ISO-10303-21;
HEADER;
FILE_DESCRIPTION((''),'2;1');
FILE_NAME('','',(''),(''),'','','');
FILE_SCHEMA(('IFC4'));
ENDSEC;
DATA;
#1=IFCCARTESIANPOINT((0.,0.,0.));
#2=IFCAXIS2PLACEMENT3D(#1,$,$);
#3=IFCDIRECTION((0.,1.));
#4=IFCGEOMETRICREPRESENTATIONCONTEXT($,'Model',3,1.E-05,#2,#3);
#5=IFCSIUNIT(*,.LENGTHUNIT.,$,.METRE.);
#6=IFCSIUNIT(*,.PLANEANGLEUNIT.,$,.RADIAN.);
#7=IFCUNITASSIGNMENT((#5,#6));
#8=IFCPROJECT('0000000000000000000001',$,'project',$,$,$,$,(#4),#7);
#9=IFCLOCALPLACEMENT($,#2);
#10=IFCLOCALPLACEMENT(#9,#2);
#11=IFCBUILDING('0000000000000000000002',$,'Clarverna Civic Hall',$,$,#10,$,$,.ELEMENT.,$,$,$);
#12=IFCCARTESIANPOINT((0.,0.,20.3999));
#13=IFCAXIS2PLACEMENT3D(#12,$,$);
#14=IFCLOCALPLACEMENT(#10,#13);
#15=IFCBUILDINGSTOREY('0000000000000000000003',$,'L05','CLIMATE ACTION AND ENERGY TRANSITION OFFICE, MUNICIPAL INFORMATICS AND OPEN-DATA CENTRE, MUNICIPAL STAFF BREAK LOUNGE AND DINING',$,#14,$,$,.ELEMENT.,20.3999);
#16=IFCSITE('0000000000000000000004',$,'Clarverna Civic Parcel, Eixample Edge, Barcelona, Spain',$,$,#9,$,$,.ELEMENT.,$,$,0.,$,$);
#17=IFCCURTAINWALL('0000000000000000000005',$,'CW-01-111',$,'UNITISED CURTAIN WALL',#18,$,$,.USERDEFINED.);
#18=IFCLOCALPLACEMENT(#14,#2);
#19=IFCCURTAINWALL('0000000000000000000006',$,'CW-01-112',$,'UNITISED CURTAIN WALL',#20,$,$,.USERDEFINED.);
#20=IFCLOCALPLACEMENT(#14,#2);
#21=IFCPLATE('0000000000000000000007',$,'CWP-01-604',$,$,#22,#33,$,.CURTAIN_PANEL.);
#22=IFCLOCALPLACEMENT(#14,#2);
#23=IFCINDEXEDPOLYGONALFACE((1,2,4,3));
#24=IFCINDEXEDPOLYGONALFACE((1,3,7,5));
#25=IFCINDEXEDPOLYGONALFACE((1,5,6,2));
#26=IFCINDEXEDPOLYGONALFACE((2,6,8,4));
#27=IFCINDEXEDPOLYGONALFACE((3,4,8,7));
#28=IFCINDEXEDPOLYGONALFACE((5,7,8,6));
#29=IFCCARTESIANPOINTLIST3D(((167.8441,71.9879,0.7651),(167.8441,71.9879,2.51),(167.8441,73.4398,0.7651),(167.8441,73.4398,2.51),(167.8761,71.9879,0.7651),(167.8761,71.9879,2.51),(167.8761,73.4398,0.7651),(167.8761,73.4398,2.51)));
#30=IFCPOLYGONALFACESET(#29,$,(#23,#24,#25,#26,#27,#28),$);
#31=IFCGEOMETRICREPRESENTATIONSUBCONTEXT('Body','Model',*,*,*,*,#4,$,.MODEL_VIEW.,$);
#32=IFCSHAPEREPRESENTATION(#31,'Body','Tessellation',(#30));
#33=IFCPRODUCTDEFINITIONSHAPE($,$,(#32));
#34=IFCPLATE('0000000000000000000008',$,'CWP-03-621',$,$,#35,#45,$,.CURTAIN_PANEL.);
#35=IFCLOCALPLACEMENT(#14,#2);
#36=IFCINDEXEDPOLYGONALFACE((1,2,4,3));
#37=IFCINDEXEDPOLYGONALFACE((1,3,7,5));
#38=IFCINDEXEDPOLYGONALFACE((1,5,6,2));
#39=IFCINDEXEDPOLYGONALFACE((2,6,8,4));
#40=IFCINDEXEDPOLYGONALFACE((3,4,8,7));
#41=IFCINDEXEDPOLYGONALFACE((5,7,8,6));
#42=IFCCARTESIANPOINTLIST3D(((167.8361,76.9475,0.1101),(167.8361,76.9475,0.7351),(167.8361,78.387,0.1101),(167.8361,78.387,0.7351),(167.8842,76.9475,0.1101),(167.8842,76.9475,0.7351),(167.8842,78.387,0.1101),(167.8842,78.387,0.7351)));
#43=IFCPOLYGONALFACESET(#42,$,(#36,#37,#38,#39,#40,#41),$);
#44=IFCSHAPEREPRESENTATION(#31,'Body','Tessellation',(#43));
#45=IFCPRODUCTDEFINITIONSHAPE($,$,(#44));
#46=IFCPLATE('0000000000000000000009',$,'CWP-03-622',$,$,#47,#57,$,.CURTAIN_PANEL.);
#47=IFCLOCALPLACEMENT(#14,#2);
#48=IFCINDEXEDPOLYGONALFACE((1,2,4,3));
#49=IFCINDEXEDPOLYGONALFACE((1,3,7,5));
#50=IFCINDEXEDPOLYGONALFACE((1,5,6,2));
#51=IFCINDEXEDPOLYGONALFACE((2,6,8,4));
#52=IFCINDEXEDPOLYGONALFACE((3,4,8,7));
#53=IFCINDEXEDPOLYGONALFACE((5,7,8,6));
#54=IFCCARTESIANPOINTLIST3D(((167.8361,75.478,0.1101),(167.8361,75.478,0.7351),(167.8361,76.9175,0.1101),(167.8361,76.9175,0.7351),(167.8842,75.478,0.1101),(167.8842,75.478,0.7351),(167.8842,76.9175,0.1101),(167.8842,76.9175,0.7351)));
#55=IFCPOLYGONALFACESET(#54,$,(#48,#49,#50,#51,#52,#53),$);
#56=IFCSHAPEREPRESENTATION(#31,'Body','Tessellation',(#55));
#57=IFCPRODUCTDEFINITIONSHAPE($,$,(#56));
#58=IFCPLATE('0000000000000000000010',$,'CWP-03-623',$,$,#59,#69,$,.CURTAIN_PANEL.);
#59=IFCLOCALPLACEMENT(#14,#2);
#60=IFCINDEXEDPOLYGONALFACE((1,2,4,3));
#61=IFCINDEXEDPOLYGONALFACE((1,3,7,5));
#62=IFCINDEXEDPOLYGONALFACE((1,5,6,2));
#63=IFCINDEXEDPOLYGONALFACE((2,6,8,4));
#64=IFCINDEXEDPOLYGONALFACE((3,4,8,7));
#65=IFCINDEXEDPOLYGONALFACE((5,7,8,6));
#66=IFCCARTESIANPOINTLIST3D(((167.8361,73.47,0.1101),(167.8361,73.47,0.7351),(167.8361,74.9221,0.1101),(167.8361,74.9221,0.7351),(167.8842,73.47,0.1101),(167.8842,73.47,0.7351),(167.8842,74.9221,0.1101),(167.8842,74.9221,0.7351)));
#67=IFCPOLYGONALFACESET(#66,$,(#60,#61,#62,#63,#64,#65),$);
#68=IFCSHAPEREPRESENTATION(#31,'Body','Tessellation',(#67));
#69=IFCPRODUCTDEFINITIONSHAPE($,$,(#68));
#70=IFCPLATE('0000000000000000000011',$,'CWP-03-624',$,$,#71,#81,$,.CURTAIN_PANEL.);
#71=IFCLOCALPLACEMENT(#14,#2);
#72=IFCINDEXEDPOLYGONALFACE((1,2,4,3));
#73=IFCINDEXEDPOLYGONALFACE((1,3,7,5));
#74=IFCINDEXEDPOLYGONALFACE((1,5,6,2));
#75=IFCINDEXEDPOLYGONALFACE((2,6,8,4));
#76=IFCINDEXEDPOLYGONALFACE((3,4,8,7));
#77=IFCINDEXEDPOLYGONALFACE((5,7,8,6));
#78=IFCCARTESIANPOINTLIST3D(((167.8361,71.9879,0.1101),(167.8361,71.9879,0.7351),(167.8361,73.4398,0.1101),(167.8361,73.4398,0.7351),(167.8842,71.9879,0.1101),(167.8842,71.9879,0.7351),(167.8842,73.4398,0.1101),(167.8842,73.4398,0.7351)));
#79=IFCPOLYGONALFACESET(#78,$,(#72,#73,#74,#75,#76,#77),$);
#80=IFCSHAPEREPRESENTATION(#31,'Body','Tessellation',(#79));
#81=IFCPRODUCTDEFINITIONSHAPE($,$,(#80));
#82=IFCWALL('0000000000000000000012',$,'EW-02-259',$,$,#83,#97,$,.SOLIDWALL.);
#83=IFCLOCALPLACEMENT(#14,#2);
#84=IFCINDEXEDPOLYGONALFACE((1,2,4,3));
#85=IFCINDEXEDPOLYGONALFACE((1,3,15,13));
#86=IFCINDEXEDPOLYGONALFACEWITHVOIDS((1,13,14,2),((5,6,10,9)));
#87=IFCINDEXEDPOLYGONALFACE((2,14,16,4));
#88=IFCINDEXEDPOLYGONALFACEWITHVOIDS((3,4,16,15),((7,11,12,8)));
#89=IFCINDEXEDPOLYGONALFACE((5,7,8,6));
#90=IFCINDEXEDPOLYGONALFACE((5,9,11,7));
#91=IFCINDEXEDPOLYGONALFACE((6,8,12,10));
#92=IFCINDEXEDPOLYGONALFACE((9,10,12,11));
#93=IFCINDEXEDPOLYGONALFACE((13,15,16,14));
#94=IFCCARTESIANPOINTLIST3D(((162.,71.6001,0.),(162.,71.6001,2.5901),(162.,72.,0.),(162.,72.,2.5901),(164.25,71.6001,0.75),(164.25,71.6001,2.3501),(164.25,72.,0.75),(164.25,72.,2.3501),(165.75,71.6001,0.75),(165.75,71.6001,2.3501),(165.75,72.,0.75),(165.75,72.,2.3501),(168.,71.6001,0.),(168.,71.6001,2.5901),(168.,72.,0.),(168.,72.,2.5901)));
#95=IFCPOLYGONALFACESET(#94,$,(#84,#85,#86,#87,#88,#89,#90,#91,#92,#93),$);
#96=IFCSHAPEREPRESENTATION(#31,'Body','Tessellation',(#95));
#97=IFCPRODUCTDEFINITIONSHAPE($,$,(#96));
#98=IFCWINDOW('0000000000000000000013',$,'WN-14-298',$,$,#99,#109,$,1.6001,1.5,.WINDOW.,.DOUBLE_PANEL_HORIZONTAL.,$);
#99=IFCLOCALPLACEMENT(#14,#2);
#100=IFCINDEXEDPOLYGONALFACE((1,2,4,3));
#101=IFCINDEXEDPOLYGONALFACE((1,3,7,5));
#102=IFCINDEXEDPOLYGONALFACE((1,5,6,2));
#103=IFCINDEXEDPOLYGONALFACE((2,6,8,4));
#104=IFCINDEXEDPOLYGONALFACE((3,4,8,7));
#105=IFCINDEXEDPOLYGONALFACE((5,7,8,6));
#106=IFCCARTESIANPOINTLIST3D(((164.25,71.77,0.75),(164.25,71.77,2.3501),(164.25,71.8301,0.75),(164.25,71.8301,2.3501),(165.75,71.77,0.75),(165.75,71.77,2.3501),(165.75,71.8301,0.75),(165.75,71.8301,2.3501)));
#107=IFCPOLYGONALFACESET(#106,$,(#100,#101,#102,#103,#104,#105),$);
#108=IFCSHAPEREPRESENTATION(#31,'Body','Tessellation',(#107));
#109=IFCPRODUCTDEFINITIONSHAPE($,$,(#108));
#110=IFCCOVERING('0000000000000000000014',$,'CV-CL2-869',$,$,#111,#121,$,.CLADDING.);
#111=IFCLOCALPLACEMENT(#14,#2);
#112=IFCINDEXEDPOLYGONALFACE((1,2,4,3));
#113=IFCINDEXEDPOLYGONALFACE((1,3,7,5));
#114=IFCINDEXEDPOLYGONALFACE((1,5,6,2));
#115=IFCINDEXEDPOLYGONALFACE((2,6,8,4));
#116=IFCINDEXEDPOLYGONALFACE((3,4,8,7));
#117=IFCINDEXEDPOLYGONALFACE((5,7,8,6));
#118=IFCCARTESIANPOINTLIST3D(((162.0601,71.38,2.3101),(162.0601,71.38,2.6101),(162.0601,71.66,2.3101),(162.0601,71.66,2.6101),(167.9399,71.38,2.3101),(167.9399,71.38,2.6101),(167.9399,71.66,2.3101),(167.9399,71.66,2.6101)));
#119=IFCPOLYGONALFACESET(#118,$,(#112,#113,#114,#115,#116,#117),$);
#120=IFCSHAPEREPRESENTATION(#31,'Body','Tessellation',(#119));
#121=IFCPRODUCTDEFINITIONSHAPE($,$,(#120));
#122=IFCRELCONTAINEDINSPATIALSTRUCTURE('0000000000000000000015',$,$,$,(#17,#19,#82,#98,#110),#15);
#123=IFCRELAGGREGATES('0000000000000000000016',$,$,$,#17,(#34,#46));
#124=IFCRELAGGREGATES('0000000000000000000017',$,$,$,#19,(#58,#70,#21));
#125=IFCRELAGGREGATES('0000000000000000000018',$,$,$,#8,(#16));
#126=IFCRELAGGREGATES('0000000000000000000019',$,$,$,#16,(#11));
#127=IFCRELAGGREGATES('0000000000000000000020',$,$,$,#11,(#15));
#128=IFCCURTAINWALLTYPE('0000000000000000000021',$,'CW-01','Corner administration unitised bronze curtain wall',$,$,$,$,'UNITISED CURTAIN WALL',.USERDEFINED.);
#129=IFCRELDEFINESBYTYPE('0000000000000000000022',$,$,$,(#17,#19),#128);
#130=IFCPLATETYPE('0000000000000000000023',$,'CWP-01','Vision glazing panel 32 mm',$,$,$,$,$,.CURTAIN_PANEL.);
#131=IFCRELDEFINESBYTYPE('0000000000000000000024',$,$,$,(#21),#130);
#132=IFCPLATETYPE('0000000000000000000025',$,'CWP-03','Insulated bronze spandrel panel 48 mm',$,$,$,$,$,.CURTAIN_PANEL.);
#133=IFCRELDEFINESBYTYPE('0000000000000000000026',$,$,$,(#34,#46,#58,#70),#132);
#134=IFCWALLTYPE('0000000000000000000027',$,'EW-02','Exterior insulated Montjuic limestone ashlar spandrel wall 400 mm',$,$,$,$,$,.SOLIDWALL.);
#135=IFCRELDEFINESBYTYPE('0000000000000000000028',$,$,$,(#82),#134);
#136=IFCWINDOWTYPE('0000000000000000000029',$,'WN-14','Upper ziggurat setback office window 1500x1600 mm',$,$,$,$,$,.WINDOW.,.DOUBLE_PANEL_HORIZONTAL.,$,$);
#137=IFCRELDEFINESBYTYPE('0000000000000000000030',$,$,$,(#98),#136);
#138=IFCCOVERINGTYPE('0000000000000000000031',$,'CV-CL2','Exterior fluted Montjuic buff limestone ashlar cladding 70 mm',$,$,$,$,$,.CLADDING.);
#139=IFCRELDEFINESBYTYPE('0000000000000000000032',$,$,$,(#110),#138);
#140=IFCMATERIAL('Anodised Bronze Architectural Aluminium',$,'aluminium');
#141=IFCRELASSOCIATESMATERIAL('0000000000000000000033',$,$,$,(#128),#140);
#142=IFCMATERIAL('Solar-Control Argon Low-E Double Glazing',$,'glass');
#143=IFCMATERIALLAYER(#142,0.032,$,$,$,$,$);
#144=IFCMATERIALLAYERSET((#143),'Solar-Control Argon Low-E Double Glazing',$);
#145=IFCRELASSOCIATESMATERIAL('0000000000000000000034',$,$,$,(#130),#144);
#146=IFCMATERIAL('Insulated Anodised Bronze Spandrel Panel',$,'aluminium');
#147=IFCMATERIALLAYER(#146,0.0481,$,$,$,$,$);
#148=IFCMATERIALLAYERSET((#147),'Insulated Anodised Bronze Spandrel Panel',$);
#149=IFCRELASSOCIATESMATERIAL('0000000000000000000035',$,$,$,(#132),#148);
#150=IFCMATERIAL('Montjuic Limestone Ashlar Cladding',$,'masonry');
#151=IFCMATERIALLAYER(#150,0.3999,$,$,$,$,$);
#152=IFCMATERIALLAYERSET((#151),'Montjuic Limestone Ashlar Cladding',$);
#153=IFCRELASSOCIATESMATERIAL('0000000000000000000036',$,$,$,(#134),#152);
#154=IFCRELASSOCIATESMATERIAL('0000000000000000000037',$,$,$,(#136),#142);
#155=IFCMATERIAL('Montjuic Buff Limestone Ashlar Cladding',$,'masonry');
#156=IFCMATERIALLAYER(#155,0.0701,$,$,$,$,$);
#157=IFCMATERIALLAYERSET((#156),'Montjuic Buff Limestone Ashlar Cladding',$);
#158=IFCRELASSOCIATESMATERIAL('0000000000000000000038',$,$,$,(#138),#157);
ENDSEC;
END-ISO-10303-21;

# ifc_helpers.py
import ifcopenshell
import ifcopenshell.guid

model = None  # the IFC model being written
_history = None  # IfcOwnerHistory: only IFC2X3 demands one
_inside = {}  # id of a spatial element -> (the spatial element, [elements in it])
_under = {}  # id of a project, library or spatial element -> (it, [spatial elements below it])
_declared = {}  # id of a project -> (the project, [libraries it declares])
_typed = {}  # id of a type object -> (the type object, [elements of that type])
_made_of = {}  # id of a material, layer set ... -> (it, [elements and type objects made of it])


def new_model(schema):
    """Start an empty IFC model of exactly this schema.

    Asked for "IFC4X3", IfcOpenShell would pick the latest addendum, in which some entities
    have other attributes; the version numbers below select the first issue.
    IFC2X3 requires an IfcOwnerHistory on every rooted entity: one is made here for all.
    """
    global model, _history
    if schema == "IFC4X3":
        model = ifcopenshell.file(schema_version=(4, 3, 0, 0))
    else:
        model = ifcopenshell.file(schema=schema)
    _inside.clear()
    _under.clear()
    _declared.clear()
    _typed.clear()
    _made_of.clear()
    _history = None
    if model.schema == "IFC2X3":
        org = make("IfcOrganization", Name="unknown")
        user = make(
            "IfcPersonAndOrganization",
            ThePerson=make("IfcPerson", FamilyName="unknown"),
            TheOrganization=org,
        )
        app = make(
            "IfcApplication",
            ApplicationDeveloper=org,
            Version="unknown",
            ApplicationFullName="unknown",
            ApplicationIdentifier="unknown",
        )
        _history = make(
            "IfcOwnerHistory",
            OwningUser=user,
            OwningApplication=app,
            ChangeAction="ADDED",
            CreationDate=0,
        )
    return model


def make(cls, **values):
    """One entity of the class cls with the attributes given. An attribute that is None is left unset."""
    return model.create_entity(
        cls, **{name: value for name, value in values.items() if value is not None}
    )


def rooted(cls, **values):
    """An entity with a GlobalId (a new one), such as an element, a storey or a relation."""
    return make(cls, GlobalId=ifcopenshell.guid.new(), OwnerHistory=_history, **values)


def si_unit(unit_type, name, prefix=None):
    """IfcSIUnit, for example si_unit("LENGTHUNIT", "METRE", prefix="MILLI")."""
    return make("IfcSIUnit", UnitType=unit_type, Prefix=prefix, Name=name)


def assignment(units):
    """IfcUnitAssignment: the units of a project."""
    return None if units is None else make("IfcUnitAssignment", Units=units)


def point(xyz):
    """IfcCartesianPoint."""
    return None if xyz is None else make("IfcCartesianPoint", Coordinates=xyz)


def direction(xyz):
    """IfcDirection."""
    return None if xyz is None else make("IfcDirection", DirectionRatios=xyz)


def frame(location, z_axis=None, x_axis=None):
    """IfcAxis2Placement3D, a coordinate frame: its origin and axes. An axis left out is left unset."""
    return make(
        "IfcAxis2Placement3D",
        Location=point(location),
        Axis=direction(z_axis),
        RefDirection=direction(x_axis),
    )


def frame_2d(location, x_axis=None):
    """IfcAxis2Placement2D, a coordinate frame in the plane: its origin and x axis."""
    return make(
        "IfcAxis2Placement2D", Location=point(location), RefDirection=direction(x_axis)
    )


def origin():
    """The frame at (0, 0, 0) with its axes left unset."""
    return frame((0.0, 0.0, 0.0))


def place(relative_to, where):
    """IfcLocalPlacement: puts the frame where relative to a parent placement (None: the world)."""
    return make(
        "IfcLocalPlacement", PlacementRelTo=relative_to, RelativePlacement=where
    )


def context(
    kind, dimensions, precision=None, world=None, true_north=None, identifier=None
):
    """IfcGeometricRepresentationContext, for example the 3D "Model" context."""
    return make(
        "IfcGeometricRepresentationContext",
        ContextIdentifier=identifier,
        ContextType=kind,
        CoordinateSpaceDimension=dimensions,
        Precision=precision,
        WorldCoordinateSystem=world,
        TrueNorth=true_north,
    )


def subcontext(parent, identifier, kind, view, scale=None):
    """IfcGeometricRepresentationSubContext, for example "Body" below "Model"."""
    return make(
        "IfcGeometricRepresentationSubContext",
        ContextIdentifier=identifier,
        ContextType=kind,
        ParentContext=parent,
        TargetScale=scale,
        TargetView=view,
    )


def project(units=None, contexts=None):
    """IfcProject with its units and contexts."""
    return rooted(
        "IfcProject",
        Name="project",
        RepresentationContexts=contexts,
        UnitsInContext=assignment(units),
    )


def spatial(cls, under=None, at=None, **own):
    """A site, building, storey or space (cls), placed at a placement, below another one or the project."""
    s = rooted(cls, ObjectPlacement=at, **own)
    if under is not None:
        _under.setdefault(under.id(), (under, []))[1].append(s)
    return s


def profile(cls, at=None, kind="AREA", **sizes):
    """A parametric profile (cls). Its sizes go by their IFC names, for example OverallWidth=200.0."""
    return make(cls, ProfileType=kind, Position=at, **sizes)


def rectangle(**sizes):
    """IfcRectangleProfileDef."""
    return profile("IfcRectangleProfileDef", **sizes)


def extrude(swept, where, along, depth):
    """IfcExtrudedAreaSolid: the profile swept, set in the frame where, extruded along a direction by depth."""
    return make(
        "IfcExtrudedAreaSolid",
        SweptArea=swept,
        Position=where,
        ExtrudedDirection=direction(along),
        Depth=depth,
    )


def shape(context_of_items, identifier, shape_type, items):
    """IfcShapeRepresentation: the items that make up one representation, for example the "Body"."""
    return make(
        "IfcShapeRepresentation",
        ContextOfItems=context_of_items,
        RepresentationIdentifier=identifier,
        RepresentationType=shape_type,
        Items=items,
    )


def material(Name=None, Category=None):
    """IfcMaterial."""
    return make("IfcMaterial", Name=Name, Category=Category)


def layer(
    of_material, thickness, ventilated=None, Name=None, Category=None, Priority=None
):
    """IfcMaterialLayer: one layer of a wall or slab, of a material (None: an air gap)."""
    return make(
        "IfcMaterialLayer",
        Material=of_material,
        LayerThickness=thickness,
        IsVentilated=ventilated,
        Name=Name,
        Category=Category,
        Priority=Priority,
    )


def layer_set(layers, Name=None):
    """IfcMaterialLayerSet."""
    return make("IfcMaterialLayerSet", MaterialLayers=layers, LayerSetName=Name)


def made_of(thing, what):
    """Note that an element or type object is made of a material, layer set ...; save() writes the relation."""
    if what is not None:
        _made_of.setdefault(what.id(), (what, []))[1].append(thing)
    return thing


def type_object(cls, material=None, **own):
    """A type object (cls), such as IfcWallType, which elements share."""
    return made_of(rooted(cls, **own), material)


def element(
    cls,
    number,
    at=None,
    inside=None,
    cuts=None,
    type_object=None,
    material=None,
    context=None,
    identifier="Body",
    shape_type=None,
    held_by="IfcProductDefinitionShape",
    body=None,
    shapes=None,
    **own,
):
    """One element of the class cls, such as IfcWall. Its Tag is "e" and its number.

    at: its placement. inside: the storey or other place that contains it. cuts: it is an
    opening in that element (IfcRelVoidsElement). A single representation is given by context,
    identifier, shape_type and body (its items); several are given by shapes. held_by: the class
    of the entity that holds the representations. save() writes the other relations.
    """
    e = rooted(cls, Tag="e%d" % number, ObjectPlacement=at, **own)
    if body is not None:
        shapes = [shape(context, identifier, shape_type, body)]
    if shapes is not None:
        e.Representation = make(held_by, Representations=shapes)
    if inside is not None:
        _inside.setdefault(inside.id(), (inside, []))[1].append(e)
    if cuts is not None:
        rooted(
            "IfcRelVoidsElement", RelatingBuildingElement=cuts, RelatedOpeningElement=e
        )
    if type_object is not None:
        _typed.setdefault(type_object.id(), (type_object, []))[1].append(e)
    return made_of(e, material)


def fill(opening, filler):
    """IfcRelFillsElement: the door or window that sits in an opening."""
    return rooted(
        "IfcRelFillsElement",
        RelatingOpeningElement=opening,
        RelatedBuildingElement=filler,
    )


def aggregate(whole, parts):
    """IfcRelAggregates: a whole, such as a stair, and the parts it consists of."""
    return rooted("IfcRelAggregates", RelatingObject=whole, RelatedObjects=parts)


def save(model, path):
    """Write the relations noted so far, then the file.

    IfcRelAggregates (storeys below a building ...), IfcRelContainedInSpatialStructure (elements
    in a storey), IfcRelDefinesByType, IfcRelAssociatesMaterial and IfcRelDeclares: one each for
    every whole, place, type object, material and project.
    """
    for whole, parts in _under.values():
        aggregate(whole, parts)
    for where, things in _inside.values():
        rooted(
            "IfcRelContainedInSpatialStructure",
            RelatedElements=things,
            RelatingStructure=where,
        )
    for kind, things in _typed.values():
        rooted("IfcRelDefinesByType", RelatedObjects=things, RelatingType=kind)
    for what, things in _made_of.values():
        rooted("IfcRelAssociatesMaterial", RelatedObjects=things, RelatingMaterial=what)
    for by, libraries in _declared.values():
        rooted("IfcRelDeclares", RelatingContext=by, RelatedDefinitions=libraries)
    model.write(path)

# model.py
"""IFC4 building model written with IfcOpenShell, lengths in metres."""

from ifc_helpers import new_model, si_unit, direction, frame, frame_2d, origin, place, context, subcontext, project, spatial, rectangle, extrude, material, layer, layer_set, type_object, element, fill, aggregate, save


model = new_model("IFC4")

# Units and contexts
model_context = context("Model", 3, precision=1e-05, world=origin(), true_north=direction((0.0, 1.0)))
body_context = subcontext(model_context, "Body", "Model", "MODEL_VIEW")
ifc_project = project(units=[si_unit("LENGTHUNIT", "METRE"), si_unit("PLANEANGLEUNIT", "RADIAN")], contexts=[model_context])

# Site, building, storey
site_placement = place(None, origin())
site = spatial("IfcSite", under=ifc_project, at=site_placement, Name="Clarverna Civic Parcel, Eixample Edge, Barcelona, Spain", CompositionType="ELEMENT", RefElevation=0.0)
building_placement = place(site_placement, origin())
building = spatial("IfcBuilding", under=site, at=building_placement, Name="Clarverna Civic Hall", CompositionType="ELEMENT")
storey_placement = place(building_placement, frame((0.0, 0.0, 20.3999)))
storey = spatial("IfcBuildingStorey", under=building, at=storey_placement, Name="L05", Description="CLIMATE ACTION AND ENERGY TRANSITION OFFICE, MUNICIPAL INFORMATICS AND OPEN-DATA CENTRE, MUNICIPAL STAFF BREAK LOUNGE AND DINING", CompositionType="ELEMENT", Elevation=20.3999)

# Curtain walls
ifc_material_1 = material(Name="Anodised Bronze Architectural Aluminium", Category="aluminium")
curtain_wall_type = type_object("IfcCurtainWallType", Name="CW-01", Description="Corner administration unitised bronze curtain wall", ElementType="UNITISED CURTAIN WALL", PredefinedType="USERDEFINED", material=ifc_material_1)
curtain_wall_1_placement = place(storey_placement, origin())
curtain_wall_1 = element("IfcCurtainWall", 1, at=curtain_wall_1_placement, inside=storey, type_object=curtain_wall_type, Name="CW-01-111", ObjectType="UNITISED CURTAIN WALL", PredefinedType="USERDEFINED")
curtain_wall_2_placement = place(storey_placement, origin())
curtain_wall_2 = element("IfcCurtainWall", 2, at=curtain_wall_2_placement, inside=storey, type_object=curtain_wall_type, Name="CW-01-112", ObjectType="UNITISED CURTAIN WALL", PredefinedType="USERDEFINED")

# Plates
ifc_material_2 = material(Name="Solar-Control Argon Low-E Double Glazing", Category="glass")
ifc_layer_1 = layer(ifc_material_2, 0.032)
ifc_layer_set_1 = layer_set([ifc_layer_1], Name="Solar-Control Argon Low-E Double Glazing")
plate_type_1 = type_object("IfcPlateType", Name="CWP-01", Description="Vision glazing panel 32 mm", PredefinedType="CURTAIN_PANEL", material=ifc_layer_set_1)
plate_1_placement = place(storey_placement, frame((167.8601, 73.4399, 0.7651), z_axis=(0.0, 0.0, 1.0), x_axis=(0.0, -1.0, 0.0)))
plate_1 = element("IfcPlate", 3, at=plate_1_placement, type_object=plate_type_1, Name="CWP-01-604", PredefinedType="CURTAIN_PANEL", context=body_context, shape_type="SweptSolid", body=[
    extrude(rectangle(XDim=1.4519, YDim=0.032, at=frame_2d((0.7261, 0.0))), origin(), (0.0, 0.0, 1.0), 1.7449),
])
ifc_material_3 = material(Name="Insulated Anodised Bronze Spandrel Panel", Category="aluminium")
ifc_layer_2 = layer(ifc_material_3, 0.0481)
ifc_layer_set_2 = layer_set([ifc_layer_2], Name="Insulated Anodised Bronze Spandrel Panel")
plate_type_2 = type_object("IfcPlateType", Name="CWP-03", Description="Insulated bronze spandrel panel 48 mm", PredefinedType="CURTAIN_PANEL", material=ifc_layer_set_2)
plate_2_placement = place(storey_placement, frame((167.8601, 78.387, 0.1101), z_axis=(0.0, 0.0, 1.0), x_axis=(0.0, -1.0, 0.0)))
plate_2 = element("IfcPlate", 4, at=plate_2_placement, type_object=plate_type_2, Name="CWP-03-621", PredefinedType="CURTAIN_PANEL", context=body_context, shape_type="SweptSolid", body=[
    extrude(rectangle(XDim=1.4395, YDim=0.0481, at=frame_2d((0.7197, 0.0))), origin(), (0.0, 0.0, 1.0), 0.625),
])
plate_3_placement = place(storey_placement, frame((167.8601, 76.9175, 0.1101), z_axis=(0.0, 0.0, 1.0), x_axis=(0.0, -1.0, 0.0)))
plate_3 = element("IfcPlate", 5, at=plate_3_placement, type_object=plate_type_2, Name="CWP-03-622", PredefinedType="CURTAIN_PANEL", context=body_context, shape_type="SweptSolid", body=[
    extrude(rectangle(XDim=1.4395, YDim=0.0481, at=frame_2d((0.7197, 0.0))), origin(), (0.0, 0.0, 1.0), 0.625),
])
aggregate(curtain_wall_1, [plate_2, plate_3])
plate_4_placement = place(storey_placement, frame((167.8601, 74.9221, 0.1101), z_axis=(0.0, 0.0, 1.0), x_axis=(0.0, -1.0, 0.0)))
plate_4 = element("IfcPlate", 6, at=plate_4_placement, type_object=plate_type_2, Name="CWP-03-623", PredefinedType="CURTAIN_PANEL", context=body_context, shape_type="SweptSolid", body=[
    extrude(rectangle(XDim=1.4521, YDim=0.0481, at=frame_2d((0.7261, 0.0))), origin(), (0.0, 0.0, 1.0), 0.625),
])
plate_5_placement = place(storey_placement, frame((167.8601, 73.4399, 0.1101), z_axis=(0.0, 0.0, 1.0), x_axis=(0.0, -1.0, 0.0)))
plate_5 = element("IfcPlate", 7, at=plate_5_placement, type_object=plate_type_2, Name="CWP-03-624", PredefinedType="CURTAIN_PANEL", context=body_context, shape_type="SweptSolid", body=[
    extrude(rectangle(XDim=1.4519, YDim=0.0481, at=frame_2d((0.7261, 0.0))), origin(), (0.0, 0.0, 1.0), 0.625),
])
aggregate(curtain_wall_2, [plate_4, plate_5, plate_1])

# Wall, opening, window
ifc_material_4 = material(Name="Montjuic Limestone Ashlar Cladding", Category="masonry")
ifc_layer_3 = layer(ifc_material_4, 0.3999)
ifc_layer_set_3 = layer_set([ifc_layer_3], Name="Montjuic Limestone Ashlar Cladding")
wall_type = type_object("IfcWallType", Name="EW-02", Description="Exterior insulated Montjuic limestone ashlar spandrel wall 400 mm", PredefinedType="SOLIDWALL", material=ifc_layer_set_3)
wall_placement = place(storey_placement, frame((168.0, 71.8, 0.0), z_axis=(0.0, 0.0, 1.0), x_axis=(-1.0, 0.0, 0.0)))
wall = element("IfcWall", 8, at=wall_placement, inside=storey, type_object=wall_type, Name="EW-02-259", PredefinedType="SOLIDWALL", context=body_context, shape_type="SweptSolid", body=[
    extrude(rectangle(XDim=6.0, YDim=0.3999, at=frame_2d((3.0, 0.0))), origin(), (0.0, 0.0, 1.0), 2.5901),
])
opening_placement = place(wall_placement, frame((2.25, 0.0, 0.75)))
opening = element("IfcOpeningElement", 9, at=opening_placement, cuts=wall, PredefinedType="OPENING", context=body_context, shape_type="SweptSolid", body=[
    extrude(rectangle(XDim=1.5, YDim=1.6001, at=frame_2d((0.75, 0.8))), frame((0.0, 0.21, 0.0), z_axis=(0.0, -1.0, 0.0), x_axis=(1.0, 0.0, 0.0)), (0.0, 0.0, 1.0), 0.4199),
])
window_type = type_object("IfcWindowType", Name="WN-14", Description="Upper ziggurat setback office window 1500x1600 mm", PartitioningType="DOUBLE_PANEL_HORIZONTAL", PredefinedType="WINDOW", material=ifc_material_2)
window_placement = place(opening_placement, origin())
window = element("IfcWindow", 10, at=window_placement, inside=storey, type_object=window_type, Name="WN-14-298", OverallHeight=1.6001, OverallWidth=1.5, PartitioningType="DOUBLE_PANEL_HORIZONTAL", PredefinedType="WINDOW", context=body_context, shape_type="SweptSolid", body=[
    extrude(rectangle(XDim=1.5, YDim=1.6001, at=frame_2d((0.75, 0.8))), frame((0.0, 0.03, 0.0), z_axis=(0.0, -1.0, 0.0), x_axis=(1.0, 0.0, 0.0)), (0.0, 0.0, 1.0), 0.0601),
])
fill(opening, window)

# Covering
ifc_material_5 = material(Name="Montjuic Buff Limestone Ashlar Cladding", Category="masonry")
ifc_layer_4 = layer(ifc_material_5, 0.0701)
ifc_layer_set_4 = layer_set([ifc_layer_4], Name="Montjuic Buff Limestone Ashlar Cladding")
covering_type = type_object("IfcCoveringType", Name="CV-CL2", Description="Exterior fluted Montjuic buff limestone ashlar cladding 70 mm", PredefinedType="CLADDING", material=ifc_layer_set_4)
covering_placement = place(storey_placement, frame((167.9399, 71.52, 2.3101), z_axis=(0.0, 0.0, 1.0), x_axis=(-1.0, 0.0, 0.0)))
element("IfcCovering", 11, at=covering_placement, inside=storey, type_object=covering_type, Name="CV-CL2-869", PredefinedType="CLADDING", context=body_context, shape_type="SweptSolid", body=[
    extrude(rectangle(XDim=5.8799, YDim=0.28, at=frame_2d((2.9399, 0.0))), origin(), (0.0, 0.0, 1.0), 0.3),
])

save(model, "model.ifc")
